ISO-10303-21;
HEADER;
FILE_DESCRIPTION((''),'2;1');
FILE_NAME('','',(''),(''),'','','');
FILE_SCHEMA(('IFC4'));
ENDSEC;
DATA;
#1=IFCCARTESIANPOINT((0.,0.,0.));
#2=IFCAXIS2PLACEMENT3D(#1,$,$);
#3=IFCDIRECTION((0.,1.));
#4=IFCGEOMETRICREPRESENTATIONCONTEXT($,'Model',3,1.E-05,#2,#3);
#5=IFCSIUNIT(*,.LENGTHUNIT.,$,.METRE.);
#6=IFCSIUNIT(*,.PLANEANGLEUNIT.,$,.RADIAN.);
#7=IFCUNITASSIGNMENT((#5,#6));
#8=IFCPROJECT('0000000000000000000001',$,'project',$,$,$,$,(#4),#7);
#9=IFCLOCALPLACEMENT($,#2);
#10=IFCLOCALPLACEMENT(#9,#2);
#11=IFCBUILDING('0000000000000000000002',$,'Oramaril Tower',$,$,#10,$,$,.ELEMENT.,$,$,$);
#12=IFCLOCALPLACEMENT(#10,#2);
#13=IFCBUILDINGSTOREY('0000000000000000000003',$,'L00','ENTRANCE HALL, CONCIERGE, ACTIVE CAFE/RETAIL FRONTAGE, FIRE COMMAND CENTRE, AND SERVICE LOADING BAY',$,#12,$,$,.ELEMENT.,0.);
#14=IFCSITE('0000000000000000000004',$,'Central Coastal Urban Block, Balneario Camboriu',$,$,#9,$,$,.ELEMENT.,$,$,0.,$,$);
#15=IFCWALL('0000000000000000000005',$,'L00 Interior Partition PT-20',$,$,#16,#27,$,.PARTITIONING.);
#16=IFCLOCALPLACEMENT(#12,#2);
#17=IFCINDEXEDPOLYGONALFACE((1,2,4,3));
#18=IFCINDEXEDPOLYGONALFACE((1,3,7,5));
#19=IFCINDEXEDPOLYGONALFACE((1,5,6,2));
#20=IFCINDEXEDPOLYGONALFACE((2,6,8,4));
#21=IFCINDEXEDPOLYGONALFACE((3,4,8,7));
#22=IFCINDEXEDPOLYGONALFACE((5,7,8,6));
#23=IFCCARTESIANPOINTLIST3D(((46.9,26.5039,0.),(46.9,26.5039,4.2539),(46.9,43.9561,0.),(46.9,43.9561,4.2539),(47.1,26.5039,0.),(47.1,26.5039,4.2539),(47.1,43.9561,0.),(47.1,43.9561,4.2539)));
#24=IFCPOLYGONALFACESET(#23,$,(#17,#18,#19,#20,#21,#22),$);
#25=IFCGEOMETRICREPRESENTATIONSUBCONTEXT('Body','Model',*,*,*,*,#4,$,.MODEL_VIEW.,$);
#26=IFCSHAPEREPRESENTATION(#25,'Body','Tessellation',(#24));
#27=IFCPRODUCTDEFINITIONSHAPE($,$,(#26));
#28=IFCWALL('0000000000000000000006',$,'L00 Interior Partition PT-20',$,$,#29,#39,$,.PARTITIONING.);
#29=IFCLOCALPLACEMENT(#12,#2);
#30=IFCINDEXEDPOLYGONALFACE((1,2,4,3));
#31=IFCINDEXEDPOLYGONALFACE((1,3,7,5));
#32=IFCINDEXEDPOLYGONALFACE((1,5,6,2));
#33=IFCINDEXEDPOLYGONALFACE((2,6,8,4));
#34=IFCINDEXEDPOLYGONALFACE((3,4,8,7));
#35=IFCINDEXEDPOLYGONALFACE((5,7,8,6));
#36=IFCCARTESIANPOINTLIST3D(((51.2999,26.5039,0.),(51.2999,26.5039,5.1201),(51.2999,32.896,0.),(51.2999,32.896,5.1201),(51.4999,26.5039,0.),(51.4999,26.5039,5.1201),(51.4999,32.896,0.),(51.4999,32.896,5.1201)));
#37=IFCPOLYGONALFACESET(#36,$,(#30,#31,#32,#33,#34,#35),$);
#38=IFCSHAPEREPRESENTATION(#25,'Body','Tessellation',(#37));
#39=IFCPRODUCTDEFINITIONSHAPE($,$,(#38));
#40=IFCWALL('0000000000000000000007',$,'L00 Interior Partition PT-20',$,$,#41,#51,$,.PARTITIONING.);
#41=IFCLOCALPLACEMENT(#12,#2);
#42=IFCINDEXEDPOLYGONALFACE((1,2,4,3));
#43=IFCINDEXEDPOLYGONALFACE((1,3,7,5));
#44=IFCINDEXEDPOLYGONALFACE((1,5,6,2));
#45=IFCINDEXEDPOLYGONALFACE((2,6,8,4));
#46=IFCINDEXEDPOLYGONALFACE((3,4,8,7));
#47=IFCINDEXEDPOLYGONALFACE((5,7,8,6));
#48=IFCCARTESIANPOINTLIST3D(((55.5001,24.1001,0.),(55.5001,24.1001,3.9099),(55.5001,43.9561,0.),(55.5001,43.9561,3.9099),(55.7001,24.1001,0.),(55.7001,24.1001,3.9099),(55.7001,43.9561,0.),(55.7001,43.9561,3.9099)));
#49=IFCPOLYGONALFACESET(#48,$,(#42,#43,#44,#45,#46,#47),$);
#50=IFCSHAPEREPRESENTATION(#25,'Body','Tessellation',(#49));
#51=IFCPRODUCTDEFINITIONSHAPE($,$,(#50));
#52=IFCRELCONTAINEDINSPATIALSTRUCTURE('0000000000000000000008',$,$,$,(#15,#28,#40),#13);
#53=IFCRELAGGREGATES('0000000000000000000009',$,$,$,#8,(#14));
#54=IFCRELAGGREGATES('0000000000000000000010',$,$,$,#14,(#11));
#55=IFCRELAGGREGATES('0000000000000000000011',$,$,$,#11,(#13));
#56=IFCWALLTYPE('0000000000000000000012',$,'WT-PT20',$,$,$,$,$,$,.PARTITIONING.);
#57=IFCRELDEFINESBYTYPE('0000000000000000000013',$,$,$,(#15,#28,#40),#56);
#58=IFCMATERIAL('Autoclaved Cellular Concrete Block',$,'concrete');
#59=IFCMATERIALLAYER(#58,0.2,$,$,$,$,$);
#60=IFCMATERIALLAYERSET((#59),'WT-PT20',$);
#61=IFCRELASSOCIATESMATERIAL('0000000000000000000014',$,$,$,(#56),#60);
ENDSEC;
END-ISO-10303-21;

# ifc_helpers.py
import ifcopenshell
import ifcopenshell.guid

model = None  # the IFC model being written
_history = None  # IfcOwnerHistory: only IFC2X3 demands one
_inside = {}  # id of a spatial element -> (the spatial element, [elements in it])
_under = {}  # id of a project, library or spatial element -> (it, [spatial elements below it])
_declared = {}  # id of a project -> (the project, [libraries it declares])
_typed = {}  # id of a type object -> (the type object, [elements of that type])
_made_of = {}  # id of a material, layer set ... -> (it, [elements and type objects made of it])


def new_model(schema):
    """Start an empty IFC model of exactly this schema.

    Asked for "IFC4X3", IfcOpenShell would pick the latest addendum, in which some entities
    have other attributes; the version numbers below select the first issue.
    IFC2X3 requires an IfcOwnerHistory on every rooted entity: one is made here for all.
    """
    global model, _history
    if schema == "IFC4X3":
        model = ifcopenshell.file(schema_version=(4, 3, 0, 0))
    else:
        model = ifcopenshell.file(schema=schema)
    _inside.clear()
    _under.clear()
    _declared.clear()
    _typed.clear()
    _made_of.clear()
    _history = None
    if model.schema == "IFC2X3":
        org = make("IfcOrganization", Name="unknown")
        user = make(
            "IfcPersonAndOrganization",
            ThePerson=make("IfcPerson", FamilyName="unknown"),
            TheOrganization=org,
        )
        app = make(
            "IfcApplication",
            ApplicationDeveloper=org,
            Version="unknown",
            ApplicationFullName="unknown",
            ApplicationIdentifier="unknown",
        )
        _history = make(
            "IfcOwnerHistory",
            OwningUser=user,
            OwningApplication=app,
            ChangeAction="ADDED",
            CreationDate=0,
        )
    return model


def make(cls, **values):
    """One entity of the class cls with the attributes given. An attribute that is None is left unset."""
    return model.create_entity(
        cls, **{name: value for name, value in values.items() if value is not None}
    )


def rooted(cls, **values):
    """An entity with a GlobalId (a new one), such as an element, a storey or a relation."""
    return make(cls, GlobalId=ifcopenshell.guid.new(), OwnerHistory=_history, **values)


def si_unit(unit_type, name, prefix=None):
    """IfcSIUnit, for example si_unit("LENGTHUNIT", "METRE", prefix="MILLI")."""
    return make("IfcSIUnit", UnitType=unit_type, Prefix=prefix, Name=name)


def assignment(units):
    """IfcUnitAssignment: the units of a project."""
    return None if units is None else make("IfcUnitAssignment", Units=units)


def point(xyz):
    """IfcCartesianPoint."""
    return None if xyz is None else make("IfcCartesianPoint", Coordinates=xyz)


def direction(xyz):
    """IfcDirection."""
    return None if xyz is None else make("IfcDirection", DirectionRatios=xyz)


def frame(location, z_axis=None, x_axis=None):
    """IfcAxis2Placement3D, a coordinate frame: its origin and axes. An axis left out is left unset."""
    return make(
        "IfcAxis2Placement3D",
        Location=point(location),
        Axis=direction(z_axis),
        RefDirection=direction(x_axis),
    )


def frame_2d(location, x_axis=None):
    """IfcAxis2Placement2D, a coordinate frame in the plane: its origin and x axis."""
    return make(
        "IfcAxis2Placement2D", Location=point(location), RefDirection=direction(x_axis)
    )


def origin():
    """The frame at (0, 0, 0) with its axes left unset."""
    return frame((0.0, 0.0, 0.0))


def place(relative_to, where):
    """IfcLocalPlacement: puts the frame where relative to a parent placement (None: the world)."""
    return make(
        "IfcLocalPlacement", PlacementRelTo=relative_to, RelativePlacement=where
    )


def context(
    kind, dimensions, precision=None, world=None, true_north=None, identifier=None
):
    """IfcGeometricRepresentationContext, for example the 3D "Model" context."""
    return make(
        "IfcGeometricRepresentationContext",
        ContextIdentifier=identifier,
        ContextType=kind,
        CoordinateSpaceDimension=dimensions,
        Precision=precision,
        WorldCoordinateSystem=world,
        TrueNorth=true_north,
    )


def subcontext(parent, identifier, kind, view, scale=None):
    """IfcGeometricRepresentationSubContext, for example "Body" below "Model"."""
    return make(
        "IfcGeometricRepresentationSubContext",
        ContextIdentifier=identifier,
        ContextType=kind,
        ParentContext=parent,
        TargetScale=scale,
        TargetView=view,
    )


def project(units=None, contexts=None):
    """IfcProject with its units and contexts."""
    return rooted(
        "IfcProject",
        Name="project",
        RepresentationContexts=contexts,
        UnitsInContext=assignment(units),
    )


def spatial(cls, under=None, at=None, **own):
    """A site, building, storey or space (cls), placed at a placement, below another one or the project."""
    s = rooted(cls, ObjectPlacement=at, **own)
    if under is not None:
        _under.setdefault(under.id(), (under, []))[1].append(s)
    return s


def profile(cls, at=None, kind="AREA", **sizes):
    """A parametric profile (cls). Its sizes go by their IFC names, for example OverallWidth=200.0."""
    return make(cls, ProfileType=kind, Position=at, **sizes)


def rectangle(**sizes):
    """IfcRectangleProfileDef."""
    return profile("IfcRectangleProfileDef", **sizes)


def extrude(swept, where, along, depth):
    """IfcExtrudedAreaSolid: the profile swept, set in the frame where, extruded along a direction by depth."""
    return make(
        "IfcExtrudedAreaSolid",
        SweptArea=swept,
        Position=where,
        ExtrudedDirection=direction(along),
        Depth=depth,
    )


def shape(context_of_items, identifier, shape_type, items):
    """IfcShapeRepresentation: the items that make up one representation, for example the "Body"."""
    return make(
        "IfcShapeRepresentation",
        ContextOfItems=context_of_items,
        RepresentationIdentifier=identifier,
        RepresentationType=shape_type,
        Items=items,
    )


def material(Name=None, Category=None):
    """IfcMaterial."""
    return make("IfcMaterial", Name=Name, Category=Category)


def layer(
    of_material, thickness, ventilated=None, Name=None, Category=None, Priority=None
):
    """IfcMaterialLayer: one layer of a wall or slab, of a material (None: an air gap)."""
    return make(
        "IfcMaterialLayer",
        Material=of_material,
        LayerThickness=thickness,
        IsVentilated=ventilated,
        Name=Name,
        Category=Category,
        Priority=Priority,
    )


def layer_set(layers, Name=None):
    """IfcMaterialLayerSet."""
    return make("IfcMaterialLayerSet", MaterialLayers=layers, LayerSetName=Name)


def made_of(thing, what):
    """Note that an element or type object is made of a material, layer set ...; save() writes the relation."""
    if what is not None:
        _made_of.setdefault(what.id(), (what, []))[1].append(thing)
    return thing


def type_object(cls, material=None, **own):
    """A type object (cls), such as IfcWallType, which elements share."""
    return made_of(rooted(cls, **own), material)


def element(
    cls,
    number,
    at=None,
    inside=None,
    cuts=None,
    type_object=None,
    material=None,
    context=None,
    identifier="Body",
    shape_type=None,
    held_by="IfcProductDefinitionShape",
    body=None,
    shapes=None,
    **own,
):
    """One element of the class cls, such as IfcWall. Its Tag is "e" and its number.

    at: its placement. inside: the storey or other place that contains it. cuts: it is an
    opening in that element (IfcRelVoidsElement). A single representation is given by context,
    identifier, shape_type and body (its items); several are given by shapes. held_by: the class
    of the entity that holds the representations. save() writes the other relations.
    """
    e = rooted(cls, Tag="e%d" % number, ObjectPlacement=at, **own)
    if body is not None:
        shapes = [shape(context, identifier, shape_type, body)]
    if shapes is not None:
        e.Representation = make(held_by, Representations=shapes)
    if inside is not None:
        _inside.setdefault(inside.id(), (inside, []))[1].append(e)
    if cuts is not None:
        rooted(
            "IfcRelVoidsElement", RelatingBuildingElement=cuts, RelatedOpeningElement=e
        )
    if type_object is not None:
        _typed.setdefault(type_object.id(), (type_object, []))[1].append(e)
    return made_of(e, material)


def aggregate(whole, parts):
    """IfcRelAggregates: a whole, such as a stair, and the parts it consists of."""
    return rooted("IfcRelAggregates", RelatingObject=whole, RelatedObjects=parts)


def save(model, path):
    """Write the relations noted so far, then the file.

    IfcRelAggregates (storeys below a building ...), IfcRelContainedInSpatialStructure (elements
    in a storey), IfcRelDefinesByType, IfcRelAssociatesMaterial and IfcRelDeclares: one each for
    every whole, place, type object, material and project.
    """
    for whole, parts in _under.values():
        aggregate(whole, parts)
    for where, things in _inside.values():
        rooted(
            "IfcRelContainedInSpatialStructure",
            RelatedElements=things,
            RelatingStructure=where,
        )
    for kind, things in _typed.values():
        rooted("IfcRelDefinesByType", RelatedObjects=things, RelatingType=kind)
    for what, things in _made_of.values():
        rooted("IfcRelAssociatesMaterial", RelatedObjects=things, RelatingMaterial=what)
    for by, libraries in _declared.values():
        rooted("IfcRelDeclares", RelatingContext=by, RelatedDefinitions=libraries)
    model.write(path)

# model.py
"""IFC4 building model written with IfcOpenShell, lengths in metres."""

from ifc_helpers import new_model, si_unit, direction, frame, frame_2d, origin, place, context, subcontext, project, spatial, rectangle, extrude, material, layer, layer_set, type_object, element, save


model = new_model("IFC4")

# Units and contexts
model_context = context("Model", 3, precision=1e-05, world=origin(), true_north=direction((0.0, 1.0)))
body_context = subcontext(model_context, "Body", "Model", "MODEL_VIEW")
ifc_project = project(units=[si_unit("LENGTHUNIT", "METRE"), si_unit("PLANEANGLEUNIT", "RADIAN")], contexts=[model_context])

# Site, building, storey
site_placement = place(None, origin())
site = spatial("IfcSite", under=ifc_project, at=site_placement, Name="Central Coastal Urban Block, Balneario Camboriu", CompositionType="ELEMENT", RefElevation=0.0)
building_placement = place(site_placement, origin())
building = spatial("IfcBuilding", under=site, at=building_placement, Name="Oramaril Tower", CompositionType="ELEMENT")
storey_placement = place(building_placement, origin())
storey = spatial("IfcBuildingStorey", under=building, at=storey_placement, Name="L00", Description="ENTRANCE HALL, CONCIERGE, ACTIVE CAFE/RETAIL FRONTAGE, FIRE COMMAND CENTRE, AND SERVICE LOADING BAY", CompositionType="ELEMENT", Elevation=0.0)

# Shared definitions
ifc_material_1 = material(Name="Autoclaved Cellular Concrete Block", Category="concrete")
ifc_layer = layer(ifc_material_1, 0.2)
ifc_layer_set = layer_set([ifc_layer], Name="WT-PT20")
wall_type = type_object("IfcWallType", Name="WT-PT20", PredefinedType="PARTITIONING", material=ifc_layer_set)

# Walls
wall_1_placement = place(storey_placement, frame((47.0, 26.5039, 0.0), z_axis=(0.0, 0.0, 1.0), x_axis=(0.0, 1.0, 0.0)))
element("IfcWall", 1, at=wall_1_placement, inside=storey, type_object=wall_type, Name="L00 Interior Partition PT-20", PredefinedType="PARTITIONING", context=body_context, shape_type="SweptSolid", body=[
    extrude(rectangle(XDim=17.4521, YDim=0.2, at=frame_2d((8.7261, 0.0))), origin(), (0.0, 0.0, 1.0), 4.2539),
])
wall_2_placement = place(storey_placement, frame((51.3999, 26.5039, 0.0), z_axis=(0.0, 0.0, 1.0), x_axis=(0.0, 1.0, 0.0)))
element("IfcWall", 2, at=wall_2_placement, inside=storey, type_object=wall_type, Name="L00 Interior Partition PT-20", PredefinedType="PARTITIONING", context=body_context, shape_type="SweptSolid", body=[
    extrude(rectangle(XDim=6.3921, YDim=0.2, at=frame_2d((3.196, 0.0))), origin(), (0.0, 0.0, 1.0), 5.1201),
])
wall_3_placement = place(storey_placement, frame((55.6001, 24.1001, 0.0), z_axis=(0.0, 0.0, 1.0), x_axis=(0.0, 1.0, 0.0)))
element("IfcWall", 3, at=wall_3_placement, inside=storey, type_object=wall_type, Name="L00 Interior Partition PT-20", PredefinedType="PARTITIONING", context=body_context, shape_type="SweptSolid", body=[
    extrude(rectangle(XDim=19.856, YDim=0.2, at=frame_2d((9.928, 0.0))), origin(), (0.0, 0.0, 1.0), 3.9099),
])

save(model, "model.ifc")
